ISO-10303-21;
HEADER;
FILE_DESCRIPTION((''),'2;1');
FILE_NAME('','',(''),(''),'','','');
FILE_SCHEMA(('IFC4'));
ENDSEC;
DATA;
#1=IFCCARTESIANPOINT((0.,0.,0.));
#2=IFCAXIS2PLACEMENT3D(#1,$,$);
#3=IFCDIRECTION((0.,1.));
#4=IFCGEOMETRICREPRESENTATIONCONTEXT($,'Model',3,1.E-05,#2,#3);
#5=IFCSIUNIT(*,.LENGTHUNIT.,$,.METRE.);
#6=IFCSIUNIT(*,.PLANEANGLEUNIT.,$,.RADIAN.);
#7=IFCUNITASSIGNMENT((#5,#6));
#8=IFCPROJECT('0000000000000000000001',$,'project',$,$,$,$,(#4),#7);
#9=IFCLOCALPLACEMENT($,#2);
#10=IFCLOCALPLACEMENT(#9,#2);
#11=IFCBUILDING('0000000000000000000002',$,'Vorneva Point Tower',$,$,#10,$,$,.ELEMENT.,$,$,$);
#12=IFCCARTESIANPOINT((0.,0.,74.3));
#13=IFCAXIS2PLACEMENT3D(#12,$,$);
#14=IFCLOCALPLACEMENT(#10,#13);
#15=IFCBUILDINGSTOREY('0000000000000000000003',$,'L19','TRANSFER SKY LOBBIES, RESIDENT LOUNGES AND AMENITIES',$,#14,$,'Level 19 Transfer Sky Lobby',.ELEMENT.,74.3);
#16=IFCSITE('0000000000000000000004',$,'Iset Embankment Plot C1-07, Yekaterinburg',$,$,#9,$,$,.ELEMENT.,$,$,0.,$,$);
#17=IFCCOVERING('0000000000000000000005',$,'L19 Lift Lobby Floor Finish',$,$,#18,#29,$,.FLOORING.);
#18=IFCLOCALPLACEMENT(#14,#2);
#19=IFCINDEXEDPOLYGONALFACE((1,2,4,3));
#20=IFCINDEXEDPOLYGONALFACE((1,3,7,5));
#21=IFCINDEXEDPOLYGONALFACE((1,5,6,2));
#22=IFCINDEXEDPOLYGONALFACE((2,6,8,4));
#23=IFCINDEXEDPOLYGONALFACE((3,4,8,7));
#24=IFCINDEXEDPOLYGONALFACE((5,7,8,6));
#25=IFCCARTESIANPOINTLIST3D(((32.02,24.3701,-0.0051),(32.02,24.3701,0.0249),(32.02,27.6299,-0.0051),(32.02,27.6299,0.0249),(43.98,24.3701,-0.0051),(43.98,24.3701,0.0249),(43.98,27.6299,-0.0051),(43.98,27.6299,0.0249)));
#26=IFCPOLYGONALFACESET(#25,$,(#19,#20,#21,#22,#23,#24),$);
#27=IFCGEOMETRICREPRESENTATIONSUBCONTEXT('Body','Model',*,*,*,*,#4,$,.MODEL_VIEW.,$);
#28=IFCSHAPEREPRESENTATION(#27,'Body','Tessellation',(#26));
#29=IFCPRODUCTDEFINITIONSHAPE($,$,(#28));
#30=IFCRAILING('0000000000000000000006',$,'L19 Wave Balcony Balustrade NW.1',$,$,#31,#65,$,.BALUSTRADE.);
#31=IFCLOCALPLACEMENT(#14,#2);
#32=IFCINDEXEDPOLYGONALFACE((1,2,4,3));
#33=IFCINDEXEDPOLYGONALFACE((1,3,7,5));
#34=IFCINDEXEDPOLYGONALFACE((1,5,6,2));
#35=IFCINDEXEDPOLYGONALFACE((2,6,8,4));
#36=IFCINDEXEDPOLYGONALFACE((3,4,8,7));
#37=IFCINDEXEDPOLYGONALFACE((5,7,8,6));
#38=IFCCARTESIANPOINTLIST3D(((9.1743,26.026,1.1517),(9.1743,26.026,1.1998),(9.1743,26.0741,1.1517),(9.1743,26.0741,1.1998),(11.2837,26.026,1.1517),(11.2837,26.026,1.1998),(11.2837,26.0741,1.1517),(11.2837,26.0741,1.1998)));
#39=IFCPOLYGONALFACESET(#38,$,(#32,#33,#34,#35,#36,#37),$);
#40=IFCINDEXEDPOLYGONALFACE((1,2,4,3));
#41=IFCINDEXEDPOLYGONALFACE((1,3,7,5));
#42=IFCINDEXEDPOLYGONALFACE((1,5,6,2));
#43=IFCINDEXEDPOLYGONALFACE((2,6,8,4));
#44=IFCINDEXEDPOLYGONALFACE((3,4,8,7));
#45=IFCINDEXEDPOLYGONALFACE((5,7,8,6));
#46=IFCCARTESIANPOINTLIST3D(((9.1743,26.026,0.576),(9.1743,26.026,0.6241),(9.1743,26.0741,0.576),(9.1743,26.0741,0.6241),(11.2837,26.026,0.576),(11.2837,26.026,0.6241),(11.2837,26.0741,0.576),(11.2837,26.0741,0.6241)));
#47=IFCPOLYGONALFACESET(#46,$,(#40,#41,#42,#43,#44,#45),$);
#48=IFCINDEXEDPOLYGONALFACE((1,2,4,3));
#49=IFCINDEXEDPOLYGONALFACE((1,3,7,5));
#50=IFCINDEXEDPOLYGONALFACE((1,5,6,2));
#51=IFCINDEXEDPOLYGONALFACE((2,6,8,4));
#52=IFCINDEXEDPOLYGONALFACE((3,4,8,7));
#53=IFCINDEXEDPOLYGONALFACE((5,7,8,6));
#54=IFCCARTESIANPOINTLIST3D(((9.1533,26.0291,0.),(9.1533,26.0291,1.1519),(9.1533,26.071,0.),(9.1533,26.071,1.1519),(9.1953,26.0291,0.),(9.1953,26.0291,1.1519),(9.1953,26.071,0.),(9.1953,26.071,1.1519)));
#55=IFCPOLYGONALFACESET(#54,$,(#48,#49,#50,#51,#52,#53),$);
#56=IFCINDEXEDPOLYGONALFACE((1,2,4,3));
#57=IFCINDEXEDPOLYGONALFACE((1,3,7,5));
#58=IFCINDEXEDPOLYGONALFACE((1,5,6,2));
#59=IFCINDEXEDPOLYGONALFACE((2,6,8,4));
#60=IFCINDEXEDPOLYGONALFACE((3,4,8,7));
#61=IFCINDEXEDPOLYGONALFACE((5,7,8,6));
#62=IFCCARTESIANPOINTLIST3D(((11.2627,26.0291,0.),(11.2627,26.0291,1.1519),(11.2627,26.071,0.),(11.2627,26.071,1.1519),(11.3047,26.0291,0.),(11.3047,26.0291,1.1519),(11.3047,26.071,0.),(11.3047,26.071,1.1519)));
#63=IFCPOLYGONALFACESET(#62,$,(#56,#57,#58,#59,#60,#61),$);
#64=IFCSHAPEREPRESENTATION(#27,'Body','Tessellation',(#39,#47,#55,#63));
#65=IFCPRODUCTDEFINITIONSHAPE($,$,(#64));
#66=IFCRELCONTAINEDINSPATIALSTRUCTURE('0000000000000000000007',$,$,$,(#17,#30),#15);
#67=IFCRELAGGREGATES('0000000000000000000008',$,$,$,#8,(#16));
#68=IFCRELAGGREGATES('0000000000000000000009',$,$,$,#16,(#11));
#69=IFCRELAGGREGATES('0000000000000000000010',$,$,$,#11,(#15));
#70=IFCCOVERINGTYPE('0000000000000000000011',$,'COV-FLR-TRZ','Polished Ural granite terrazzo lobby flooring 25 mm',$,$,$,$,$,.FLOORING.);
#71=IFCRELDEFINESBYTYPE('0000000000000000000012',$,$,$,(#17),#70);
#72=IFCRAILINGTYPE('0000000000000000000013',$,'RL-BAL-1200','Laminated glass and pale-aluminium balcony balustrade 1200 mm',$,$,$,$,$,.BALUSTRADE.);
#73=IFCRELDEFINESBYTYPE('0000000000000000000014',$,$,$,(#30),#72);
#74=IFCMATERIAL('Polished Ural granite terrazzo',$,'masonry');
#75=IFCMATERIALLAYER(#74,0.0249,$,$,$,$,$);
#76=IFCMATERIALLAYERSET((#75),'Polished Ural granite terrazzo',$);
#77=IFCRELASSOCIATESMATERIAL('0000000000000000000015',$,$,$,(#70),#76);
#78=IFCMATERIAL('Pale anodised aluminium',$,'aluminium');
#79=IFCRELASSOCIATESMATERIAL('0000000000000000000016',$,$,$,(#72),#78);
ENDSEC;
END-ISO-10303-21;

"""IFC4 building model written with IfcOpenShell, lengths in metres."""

from ifc_helpers import new_model, si_unit, direction, frame, origin, origin_2d, place, context, subcontext, project, spatial, polyline, rectangle, outline, extrude, material, layer, layer_set, type_object, element, save


model = new_model("IFC4")

# Units and contexts
model_context = context("Model", 3, precision=1e-05, world=origin(), true_north=direction((0.0, 1.0)))
body_context = subcontext(model_context, "Body", "Model", "MODEL_VIEW")
ifc_project = project(units=[si_unit("LENGTHUNIT", "METRE"), si_unit("PLANEANGLEUNIT", "RADIAN")], contexts=[model_context])

# Site, building, storey
site_placement = place(None, origin())
site = spatial("IfcSite", under=ifc_project, at=site_placement, Name="Iset Embankment Plot C1-07, Yekaterinburg", CompositionType="ELEMENT", RefElevation=0.0)
building_placement = place(site_placement, origin())
building = spatial("IfcBuilding", under=site, at=building_placement, Name="Vorneva Point Tower", CompositionType="ELEMENT")
storey_placement = place(building_placement, frame((0.0, 0.0, 74.3)))
storey = spatial("IfcBuildingStorey", under=building, at=storey_placement, Name="L19", Description="TRANSFER SKY LOBBIES, RESIDENT LOUNGES AND AMENITIES", LongName="Level 19 Transfer Sky Lobby", CompositionType="ELEMENT", Elevation=74.3)

# Shared definitions
ifc_material_1 = material(Name="Pale anodised aluminium", Category="aluminium")

# Covering
ifc_material_2 = material(Name="Polished Ural granite terrazzo", Category="masonry")
ifc_layer_1 = layer(ifc_material_2, 0.0249)
ifc_layer_set_1 = layer_set([ifc_layer_1], Name="Polished Ural granite terrazzo")
covering_type = type_object("IfcCoveringType", Name="COV-FLR-TRZ", Description="Polished Ural granite terrazzo lobby flooring 25 mm", PredefinedType="FLOORING", material=ifc_layer_set_1)
covering_placement = place(storey_placement, frame((0.0, 0.0, -0.0051)))
element("IfcCovering", 1, at=covering_placement, inside=storey, type_object=covering_type, Name="L19 Lift Lobby Floor Finish", PredefinedType="FLOORING", context=body_context, shape_type="SweptSolid", body=[
    extrude(outline(polyline([(32.02, 24.3701), (43.98, 24.3701), (43.98, 27.6299), (32.02, 27.6299), (32.02, 24.3701)])), origin(), (0.0, 0.0, 1.0), 0.03),
])

# Railing
railing_type = type_object("IfcRailingType", Name="RL-BAL-1200", Description="Laminated glass and pale-aluminium balcony balustrade 1200 mm", PredefinedType="BALUSTRADE", material=ifc_material_1)
railing_placement = place(storey_placement, frame((9.1743, 26.05, 0.0)))
element("IfcRailing", 2, at=railing_placement, inside=storey, type_object=railing_type, Name="L19 Wave Balcony Balustrade NW.1", PredefinedType="BALUSTRADE", context=body_context, shape_type="SweptSolid", body=[
    extrude(rectangle(XDim=0.0481, YDim=0.0481, at=origin_2d()), frame((0.0, 0.0, 1.1758), z_axis=(1.0, 0.0, 0.0), x_axis=(0.0, 1.0, 0.0)), (0.0, 0.0, 1.0), 2.1094),
    extrude(rectangle(XDim=0.0481, YDim=0.0481, at=origin_2d()), frame((0.0, 0.0, 0.6001), z_axis=(1.0, 0.0, 0.0), x_axis=(0.0, 1.0, 0.0)), (0.0, 0.0, 1.0), 2.1094),
    extrude(rectangle(XDim=0.042, YDim=0.042, at=origin_2d()), origin(), (0.0, 0.0, 1.0), 1.1519),
    extrude(rectangle(XDim=0.042, YDim=0.042, at=origin_2d()), frame((2.1094, 0.0, 0.0)), (0.0, 0.0, 1.0), 1.1519),
])

save(model, "model.ifc")
